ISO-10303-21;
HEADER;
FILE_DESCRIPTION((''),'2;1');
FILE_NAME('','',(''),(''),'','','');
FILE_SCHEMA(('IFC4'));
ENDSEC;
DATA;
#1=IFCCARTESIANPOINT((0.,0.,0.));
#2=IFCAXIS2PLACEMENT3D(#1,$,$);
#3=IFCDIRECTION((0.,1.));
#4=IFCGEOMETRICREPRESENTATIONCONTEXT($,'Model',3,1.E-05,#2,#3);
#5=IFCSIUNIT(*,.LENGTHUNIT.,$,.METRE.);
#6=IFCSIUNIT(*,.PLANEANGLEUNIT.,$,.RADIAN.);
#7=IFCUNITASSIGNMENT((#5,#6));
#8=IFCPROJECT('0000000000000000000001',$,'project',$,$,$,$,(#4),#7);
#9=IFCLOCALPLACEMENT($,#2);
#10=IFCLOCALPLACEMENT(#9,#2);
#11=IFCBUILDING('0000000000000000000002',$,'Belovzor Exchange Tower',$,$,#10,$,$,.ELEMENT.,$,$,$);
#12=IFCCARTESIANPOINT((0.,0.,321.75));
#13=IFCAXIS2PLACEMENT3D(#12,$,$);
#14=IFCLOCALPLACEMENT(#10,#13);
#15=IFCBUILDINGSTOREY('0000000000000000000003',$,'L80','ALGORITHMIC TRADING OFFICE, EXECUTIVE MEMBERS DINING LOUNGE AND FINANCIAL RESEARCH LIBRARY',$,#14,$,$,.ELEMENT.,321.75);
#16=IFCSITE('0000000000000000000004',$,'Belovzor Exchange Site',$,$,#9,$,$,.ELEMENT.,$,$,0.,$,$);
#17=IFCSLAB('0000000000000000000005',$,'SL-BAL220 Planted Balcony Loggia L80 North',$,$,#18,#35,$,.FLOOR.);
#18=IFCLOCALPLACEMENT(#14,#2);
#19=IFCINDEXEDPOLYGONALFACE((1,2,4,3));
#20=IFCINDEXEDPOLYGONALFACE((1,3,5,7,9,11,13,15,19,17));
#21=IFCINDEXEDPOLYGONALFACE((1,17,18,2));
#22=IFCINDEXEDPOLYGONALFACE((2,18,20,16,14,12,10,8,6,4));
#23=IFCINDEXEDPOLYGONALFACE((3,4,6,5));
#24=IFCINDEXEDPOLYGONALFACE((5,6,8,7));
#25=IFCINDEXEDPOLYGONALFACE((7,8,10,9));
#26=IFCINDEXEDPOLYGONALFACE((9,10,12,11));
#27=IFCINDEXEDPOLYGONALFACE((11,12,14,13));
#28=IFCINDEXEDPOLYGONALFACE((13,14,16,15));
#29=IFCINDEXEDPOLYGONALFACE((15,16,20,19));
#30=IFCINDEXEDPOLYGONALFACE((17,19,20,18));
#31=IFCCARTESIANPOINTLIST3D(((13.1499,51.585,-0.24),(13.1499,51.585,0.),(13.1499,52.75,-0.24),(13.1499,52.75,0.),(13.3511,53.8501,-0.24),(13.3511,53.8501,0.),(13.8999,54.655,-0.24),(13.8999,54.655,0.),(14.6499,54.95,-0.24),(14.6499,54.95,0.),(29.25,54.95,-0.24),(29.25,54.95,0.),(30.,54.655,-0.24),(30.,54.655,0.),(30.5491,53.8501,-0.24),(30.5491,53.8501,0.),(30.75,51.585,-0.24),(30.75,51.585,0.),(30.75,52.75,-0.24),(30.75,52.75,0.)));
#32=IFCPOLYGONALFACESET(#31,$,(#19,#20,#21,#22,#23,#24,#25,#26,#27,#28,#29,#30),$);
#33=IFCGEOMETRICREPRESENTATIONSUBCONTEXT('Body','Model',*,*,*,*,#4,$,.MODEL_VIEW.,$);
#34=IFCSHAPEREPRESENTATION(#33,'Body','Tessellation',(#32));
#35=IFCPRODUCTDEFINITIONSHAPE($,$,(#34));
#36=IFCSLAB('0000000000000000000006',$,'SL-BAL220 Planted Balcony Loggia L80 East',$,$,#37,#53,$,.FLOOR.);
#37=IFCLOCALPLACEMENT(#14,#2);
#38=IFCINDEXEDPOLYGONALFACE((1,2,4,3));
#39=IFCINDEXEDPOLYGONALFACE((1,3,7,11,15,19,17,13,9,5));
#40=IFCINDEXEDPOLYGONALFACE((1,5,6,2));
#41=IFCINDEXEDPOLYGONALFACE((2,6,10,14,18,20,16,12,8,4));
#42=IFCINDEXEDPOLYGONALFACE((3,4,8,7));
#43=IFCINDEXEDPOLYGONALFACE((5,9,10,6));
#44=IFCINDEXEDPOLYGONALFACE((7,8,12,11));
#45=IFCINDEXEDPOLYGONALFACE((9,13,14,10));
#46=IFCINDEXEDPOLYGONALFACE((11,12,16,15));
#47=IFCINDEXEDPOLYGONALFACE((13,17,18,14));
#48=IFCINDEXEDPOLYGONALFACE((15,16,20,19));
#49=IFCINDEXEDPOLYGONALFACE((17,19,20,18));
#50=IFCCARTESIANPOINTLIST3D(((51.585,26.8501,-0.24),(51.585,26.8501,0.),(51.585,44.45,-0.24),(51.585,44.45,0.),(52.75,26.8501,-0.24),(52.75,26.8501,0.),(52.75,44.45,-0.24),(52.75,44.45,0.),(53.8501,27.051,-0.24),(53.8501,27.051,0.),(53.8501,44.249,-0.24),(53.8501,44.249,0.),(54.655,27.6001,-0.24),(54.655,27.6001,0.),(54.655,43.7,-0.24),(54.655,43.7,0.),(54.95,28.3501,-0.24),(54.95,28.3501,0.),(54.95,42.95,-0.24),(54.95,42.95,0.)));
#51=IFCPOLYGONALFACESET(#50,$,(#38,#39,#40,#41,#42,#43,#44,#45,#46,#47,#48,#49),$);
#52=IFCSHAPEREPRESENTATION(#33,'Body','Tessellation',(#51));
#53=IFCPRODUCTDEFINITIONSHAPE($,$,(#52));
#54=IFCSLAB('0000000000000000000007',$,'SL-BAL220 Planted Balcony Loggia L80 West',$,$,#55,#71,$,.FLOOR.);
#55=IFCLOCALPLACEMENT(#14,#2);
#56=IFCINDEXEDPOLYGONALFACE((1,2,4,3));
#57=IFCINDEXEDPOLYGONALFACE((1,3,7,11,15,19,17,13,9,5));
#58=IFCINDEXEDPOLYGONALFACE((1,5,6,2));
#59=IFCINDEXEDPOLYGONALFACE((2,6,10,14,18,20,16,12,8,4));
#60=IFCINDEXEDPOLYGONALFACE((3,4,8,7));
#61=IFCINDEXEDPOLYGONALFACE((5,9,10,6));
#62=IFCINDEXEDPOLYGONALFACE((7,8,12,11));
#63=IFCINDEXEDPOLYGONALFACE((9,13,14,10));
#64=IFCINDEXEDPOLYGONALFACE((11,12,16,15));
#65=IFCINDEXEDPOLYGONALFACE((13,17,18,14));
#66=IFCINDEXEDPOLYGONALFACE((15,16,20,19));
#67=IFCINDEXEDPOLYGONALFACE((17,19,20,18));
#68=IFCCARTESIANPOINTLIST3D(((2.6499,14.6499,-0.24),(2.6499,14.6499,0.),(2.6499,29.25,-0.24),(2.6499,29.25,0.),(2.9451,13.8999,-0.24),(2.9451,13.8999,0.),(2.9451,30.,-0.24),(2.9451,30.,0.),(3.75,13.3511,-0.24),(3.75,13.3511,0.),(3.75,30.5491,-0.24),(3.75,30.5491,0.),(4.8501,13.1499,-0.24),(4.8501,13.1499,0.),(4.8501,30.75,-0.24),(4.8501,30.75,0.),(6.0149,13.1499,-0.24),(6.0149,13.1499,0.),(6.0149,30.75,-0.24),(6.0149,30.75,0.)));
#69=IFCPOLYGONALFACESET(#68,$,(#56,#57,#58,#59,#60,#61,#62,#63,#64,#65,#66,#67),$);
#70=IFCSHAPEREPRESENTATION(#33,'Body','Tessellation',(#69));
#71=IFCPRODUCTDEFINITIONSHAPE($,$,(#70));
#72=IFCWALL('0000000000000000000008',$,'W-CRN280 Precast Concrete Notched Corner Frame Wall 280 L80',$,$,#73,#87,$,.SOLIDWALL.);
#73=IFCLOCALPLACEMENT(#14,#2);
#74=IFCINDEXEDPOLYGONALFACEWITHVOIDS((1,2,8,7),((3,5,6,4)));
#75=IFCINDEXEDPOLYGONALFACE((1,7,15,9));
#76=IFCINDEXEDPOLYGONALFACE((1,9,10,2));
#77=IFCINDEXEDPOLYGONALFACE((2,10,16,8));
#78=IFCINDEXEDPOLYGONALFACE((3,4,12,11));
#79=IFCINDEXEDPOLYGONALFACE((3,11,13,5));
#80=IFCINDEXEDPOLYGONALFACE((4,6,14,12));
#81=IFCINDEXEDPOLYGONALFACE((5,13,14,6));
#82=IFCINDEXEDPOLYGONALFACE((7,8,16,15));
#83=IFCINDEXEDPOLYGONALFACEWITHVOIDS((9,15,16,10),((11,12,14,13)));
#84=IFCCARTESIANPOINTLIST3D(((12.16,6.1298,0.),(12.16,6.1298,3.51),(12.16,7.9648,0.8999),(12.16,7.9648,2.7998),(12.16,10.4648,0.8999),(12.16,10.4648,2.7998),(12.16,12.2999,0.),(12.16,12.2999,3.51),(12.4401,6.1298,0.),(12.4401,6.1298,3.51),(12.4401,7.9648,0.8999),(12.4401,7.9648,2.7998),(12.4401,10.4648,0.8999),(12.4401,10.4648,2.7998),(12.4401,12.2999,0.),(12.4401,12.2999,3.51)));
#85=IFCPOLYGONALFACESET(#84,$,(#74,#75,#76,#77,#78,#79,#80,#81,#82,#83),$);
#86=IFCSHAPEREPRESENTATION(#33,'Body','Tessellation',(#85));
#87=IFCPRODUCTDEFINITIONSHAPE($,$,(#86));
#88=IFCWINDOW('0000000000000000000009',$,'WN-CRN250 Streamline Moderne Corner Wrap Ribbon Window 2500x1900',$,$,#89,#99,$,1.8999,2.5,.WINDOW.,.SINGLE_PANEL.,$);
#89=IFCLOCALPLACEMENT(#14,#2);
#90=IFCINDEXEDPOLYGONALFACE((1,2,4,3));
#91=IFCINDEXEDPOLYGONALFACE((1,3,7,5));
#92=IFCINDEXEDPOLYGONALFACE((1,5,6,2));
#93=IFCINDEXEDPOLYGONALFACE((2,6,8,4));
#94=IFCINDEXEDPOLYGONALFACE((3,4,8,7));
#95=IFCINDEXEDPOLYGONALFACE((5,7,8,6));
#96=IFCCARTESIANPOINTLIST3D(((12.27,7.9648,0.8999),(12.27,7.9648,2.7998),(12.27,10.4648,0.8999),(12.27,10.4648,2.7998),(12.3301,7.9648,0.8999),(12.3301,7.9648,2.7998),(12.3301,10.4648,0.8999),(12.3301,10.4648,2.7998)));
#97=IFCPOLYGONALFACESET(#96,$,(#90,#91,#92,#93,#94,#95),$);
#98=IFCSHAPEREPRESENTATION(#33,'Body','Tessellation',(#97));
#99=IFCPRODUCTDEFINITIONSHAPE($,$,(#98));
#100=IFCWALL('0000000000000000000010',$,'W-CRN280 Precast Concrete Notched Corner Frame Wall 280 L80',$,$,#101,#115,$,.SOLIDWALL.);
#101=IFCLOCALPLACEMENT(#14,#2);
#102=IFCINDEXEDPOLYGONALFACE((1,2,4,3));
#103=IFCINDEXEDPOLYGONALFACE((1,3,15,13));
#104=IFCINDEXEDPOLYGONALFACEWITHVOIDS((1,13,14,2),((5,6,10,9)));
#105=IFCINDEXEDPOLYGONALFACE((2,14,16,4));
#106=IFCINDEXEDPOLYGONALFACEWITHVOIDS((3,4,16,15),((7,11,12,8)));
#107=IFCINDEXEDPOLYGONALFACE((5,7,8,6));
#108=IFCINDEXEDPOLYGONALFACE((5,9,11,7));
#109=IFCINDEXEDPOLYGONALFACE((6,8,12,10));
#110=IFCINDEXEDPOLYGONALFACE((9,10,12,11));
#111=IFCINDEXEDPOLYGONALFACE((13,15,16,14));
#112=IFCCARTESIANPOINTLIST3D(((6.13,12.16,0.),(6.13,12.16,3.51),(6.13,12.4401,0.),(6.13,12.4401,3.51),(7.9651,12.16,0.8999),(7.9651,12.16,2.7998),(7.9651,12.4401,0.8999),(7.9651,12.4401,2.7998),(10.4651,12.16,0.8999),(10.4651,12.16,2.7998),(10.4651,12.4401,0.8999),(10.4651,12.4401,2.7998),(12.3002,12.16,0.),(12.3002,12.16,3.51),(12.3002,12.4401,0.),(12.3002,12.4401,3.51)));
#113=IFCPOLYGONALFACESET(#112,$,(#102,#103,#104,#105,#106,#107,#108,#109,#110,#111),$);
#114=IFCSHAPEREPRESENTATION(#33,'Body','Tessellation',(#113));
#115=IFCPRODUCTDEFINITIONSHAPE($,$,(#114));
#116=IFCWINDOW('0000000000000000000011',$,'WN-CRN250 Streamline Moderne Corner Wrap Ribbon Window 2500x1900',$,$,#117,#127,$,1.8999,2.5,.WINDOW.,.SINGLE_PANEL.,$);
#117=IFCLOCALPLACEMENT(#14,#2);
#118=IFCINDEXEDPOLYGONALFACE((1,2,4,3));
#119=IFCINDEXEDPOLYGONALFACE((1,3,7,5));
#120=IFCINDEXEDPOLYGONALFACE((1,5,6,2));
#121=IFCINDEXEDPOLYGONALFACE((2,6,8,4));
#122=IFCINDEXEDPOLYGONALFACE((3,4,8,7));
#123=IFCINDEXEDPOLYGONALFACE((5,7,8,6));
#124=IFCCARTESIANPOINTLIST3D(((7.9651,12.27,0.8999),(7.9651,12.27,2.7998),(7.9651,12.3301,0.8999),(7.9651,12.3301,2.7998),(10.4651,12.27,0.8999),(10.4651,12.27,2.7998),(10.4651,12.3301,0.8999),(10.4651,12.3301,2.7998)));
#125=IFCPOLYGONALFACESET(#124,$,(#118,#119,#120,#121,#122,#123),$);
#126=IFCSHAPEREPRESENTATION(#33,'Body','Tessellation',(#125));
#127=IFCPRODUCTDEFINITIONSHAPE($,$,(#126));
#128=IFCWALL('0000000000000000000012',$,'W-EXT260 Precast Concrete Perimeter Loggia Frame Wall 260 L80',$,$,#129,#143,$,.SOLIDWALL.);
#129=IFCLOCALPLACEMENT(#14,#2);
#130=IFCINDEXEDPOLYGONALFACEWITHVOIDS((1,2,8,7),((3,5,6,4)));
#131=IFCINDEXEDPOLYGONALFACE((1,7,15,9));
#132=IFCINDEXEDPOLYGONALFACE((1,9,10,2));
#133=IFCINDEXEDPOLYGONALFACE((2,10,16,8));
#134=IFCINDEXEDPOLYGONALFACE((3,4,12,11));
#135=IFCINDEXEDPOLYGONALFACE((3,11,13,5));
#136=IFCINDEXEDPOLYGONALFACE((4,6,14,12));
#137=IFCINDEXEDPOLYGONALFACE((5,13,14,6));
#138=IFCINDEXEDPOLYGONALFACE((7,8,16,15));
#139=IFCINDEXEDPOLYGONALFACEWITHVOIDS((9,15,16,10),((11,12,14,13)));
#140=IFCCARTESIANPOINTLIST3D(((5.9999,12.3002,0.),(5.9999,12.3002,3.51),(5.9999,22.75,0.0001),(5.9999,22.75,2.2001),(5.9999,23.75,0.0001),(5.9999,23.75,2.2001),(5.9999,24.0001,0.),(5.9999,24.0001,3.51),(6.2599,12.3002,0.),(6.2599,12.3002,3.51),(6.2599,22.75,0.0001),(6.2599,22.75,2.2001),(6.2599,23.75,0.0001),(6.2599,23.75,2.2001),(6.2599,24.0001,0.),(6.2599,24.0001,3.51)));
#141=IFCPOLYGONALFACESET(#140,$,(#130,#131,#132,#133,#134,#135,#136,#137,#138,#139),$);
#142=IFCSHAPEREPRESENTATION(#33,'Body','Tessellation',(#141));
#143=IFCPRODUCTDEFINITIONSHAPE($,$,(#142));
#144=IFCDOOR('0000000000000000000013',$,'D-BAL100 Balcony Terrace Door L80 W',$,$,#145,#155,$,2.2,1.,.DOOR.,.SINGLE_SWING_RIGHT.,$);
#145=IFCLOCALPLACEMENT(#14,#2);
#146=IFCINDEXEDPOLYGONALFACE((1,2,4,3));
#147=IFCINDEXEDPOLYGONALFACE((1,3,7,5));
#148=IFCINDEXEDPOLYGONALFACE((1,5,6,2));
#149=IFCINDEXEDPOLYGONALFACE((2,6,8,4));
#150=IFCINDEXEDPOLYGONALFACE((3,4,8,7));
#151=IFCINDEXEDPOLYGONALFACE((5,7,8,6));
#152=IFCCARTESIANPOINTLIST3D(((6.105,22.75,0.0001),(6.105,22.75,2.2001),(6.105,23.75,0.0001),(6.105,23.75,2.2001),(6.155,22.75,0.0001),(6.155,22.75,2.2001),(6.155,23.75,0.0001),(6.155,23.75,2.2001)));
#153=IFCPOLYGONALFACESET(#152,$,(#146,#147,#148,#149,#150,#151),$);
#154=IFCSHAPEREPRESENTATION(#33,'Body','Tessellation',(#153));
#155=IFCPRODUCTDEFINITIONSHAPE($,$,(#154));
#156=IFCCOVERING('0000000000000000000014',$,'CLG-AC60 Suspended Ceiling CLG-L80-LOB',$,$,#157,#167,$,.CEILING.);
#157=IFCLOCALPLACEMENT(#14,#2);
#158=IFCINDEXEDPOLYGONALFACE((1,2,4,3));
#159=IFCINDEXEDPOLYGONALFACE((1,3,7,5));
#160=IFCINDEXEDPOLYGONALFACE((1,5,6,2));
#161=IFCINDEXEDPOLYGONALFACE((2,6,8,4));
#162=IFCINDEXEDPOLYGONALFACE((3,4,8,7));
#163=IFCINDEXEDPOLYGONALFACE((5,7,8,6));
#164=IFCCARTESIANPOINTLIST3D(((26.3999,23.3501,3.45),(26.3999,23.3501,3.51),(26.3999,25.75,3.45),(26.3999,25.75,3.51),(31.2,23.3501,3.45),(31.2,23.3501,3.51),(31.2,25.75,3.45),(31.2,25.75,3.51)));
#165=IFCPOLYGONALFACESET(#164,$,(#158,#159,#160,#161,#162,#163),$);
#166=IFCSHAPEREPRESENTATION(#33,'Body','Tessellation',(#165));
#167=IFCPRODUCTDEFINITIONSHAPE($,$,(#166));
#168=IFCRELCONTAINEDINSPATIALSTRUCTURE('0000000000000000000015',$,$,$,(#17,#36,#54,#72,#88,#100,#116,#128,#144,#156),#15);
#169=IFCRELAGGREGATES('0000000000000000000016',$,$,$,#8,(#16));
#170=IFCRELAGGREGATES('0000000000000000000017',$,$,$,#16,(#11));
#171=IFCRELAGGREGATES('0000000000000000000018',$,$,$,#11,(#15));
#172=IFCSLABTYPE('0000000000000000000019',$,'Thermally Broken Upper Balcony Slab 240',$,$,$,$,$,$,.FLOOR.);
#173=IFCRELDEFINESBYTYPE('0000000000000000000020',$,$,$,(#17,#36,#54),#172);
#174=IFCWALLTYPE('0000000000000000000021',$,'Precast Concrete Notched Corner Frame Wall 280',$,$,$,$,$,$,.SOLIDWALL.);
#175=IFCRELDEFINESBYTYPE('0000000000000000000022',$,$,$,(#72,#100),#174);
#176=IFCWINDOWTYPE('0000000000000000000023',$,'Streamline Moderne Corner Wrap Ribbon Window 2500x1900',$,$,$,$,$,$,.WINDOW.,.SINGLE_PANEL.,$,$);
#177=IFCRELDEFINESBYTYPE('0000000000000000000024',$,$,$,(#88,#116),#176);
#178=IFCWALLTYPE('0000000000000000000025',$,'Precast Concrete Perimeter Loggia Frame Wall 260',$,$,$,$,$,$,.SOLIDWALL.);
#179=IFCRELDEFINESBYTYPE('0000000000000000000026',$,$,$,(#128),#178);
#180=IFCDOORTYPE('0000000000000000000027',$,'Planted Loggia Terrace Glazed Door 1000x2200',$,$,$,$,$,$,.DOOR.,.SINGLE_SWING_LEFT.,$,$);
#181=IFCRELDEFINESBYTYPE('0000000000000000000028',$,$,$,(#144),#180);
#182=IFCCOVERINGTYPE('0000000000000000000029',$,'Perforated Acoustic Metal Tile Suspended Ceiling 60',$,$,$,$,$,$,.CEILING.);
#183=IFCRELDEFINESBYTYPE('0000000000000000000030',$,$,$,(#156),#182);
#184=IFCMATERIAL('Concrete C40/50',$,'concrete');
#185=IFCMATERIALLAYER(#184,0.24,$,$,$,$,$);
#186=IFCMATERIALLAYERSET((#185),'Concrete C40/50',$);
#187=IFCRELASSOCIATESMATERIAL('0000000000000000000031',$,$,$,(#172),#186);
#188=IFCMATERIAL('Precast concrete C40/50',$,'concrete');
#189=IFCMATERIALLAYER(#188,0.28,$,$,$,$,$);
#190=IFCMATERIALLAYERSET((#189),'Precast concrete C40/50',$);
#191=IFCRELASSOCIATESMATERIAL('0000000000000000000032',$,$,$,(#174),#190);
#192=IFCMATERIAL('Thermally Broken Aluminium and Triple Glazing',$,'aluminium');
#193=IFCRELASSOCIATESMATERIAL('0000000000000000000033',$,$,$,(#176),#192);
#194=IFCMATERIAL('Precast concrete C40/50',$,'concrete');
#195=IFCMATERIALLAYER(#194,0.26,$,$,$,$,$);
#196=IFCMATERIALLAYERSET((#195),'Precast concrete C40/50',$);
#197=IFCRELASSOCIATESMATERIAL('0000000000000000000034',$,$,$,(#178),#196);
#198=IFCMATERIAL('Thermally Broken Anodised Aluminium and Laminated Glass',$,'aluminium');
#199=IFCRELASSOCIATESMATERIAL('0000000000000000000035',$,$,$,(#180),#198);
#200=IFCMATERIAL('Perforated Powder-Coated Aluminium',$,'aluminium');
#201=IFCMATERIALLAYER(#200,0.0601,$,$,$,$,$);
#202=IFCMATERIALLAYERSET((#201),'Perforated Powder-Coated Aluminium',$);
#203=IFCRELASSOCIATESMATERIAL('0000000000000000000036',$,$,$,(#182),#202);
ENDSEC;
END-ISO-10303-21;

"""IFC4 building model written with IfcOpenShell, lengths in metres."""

from ifc_helpers import new_model, si_unit, direction, frame, frame_2d, origin, place, context, subcontext, project, spatial, polyline, rectangle, outline, extrude, material, layer, layer_set, type_object, element, fill, save


model = new_model("IFC4")

# Units and contexts
model_context = context("Model", 3, precision=1e-05, world=origin(), true_north=direction((0.0, 1.0)))
body_context = subcontext(model_context, "Body", "Model", "MODEL_VIEW")
ifc_project = project(units=[si_unit("LENGTHUNIT", "METRE"), si_unit("PLANEANGLEUNIT", "RADIAN")], contexts=[model_context])

# Site, building, storey
site_placement = place(None, origin())
site = spatial("IfcSite", under=ifc_project, at=site_placement, Name="Belovzor Exchange Site", CompositionType="ELEMENT", RefElevation=0.0)
building_placement = place(site_placement, origin())
building = spatial("IfcBuilding", under=site, at=building_placement, Name="Belovzor Exchange Tower", CompositionType="ELEMENT")
storey_placement = place(building_placement, frame((0.0, 0.0, 321.75)))
storey = spatial("IfcBuildingStorey", under=building, at=storey_placement, Name="L80", Description="ALGORITHMIC TRADING OFFICE, EXECUTIVE MEMBERS DINING LOUNGE AND FINANCIAL RESEARCH LIBRARY", CompositionType="ELEMENT", Elevation=321.75)

# Slabs
ifc_material_1 = material(Name="Concrete C40/50", Category="concrete")
ifc_layer_1 = layer(ifc_material_1, 0.24)
ifc_layer_set_1 = layer_set([ifc_layer_1], Name="Concrete C40/50")
slab_type_1 = type_object("IfcSlabType", Name="Thermally Broken Upper Balcony Slab 240", PredefinedType="FLOOR", material=ifc_layer_set_1)
slab_1_placement = place(storey_placement, frame((0.0, 0.0, -0.24)))
element("IfcSlab", 1, at=slab_1_placement, inside=storey, type_object=slab_type_1, Name="SL-BAL220 Planted Balcony Loggia L80 North", PredefinedType="FLOOR", context=body_context, shape_type="SweptSolid", body=[
    extrude(outline(polyline([(30.75, 51.585), (30.75, 52.75), (30.5491, 53.8501), (30.0, 54.655), (29.25, 54.95), (14.6499, 54.95), (13.8999, 54.655), (13.3511, 53.8501), (13.1499, 52.75), (13.1499, 51.585), (30.75, 51.585)])), origin(), (0.0, 0.0, 1.0), 0.24),
])
slab_2_placement = place(storey_placement, frame((0.0, 0.0, -0.24)))
element("IfcSlab", 2, at=slab_2_placement, inside=storey, type_object=slab_type_1, Name="SL-BAL220 Planted Balcony Loggia L80 East", PredefinedType="FLOOR", context=body_context, shape_type="SweptSolid", body=[
    extrude(outline(polyline([(51.585, 26.8501), (52.75, 26.8501), (53.8501, 27.051), (54.655, 27.6001), (54.95, 28.3501), (54.95, 42.95), (54.655, 43.7), (53.8501, 44.249), (52.75, 44.45), (51.585, 44.45), (51.585, 26.8501)])), origin(), (0.0, 0.0, 1.0), 0.24),
])
slab_3_placement = place(storey_placement, frame((0.0, 0.0, -0.24)))
element("IfcSlab", 3, at=slab_3_placement, inside=storey, type_object=slab_type_1, Name="SL-BAL220 Planted Balcony Loggia L80 West", PredefinedType="FLOOR", context=body_context, shape_type="SweptSolid", body=[
    extrude(outline(polyline([(6.0149, 30.75), (4.8501, 30.75), (3.75, 30.5491), (2.9451, 30.0), (2.6499, 29.25), (2.6499, 14.6499), (2.9451, 13.8999), (3.75, 13.3511), (4.8501, 13.1499), (6.0149, 13.1499), (6.0149, 30.75)])), origin(), (0.0, 0.0, 1.0), 0.24),
])

# Walls, openings, windows
ifc_material_2 = material(Name="Precast concrete C40/50", Category="concrete")
ifc_layer_2 = layer(ifc_material_2, 0.28)
ifc_layer_set_2 = layer_set([ifc_layer_2], Name="Precast concrete C40/50")
wall_type_1 = type_object("IfcWallType", Name="Precast Concrete Notched Corner Frame Wall 280", PredefinedType="SOLIDWALL", material=ifc_layer_set_2)
wall_1_placement = place(storey_placement, frame((12.3, 6.1299, 0.0), z_axis=(0.0, 0.0, 1.0), x_axis=(0.0, 1.0, 0.0)))
wall_1 = element("IfcWall", 4, at=wall_1_placement, inside=storey, type_object=wall_type_1, Name="W-CRN280 Precast Concrete Notched Corner Frame Wall 280 L80", PredefinedType="SOLIDWALL", context=body_context, shape_type="SweptSolid", body=[
    extrude(rectangle(XDim=6.1702, YDim=0.28, at=frame_2d((3.085, 0.0))), origin(), (0.0, 0.0, 1.0), 3.51),
])
opening_1_placement = place(wall_1_placement, frame((1.835, 0.0, 0.8999)))
opening_1 = element("IfcOpeningElement", 5, at=opening_1_placement, cuts=wall_1, PredefinedType="OPENING", context=body_context, shape_type="SweptSolid", body=[
    extrude(rectangle(XDim=2.5, YDim=1.8999, at=frame_2d((1.25, 0.95))), frame((0.0, 0.1499, 0.0), z_axis=(0.0, -1.0, 0.0), x_axis=(1.0, 0.0, 0.0)), (0.0, 0.0, 1.0), 0.3),
])
ifc_material_3 = material(Name="Thermally Broken Aluminium and Triple Glazing", Category="aluminium")
window_type = type_object("IfcWindowType", Name="Streamline Moderne Corner Wrap Ribbon Window 2500x1900", PartitioningType="SINGLE_PANEL", PredefinedType="WINDOW", material=ifc_material_3)
window_1_placement = place(opening_1_placement, origin())
window_1 = element("IfcWindow", 6, at=window_1_placement, inside=storey, type_object=window_type, Name="WN-CRN250 Streamline Moderne Corner Wrap Ribbon Window 2500x1900", OverallHeight=1.8999, OverallWidth=2.5, PartitioningType="SINGLE_PANEL", PredefinedType="WINDOW", context=body_context, shape_type="SweptSolid", body=[
    extrude(rectangle(XDim=2.5, YDim=1.8999, at=frame_2d((1.25, 0.95))), frame((0.0, 0.03, 0.0), z_axis=(0.0, -1.0, 0.0), x_axis=(1.0, 0.0, 0.0)), (0.0, 0.0, 1.0), 0.0601),
])
fill(opening_1, window_1)
wall_2_placement = place(storey_placement, frame((12.3, 12.3, 0.0), z_axis=(0.0, 0.0, 1.0), x_axis=(-1.0, 0.0, 0.0)))
wall_2 = element("IfcWall", 7, at=wall_2_placement, inside=storey, type_object=wall_type_1, Name="W-CRN280 Precast Concrete Notched Corner Frame Wall 280 L80", PredefinedType="SOLIDWALL", context=body_context, shape_type="SweptSolid", body=[
    extrude(rectangle(XDim=6.1702, YDim=0.28, at=frame_2d((3.085, 0.0))), origin(), (0.0, 0.0, 1.0), 3.51),
])
opening_2_placement = place(wall_2_placement, frame((1.835, 0.0, 0.8999)))
opening_2 = element("IfcOpeningElement", 8, at=opening_2_placement, cuts=wall_2, PredefinedType="OPENING", context=body_context, shape_type="SweptSolid", body=[
    extrude(rectangle(XDim=2.5, YDim=1.8999, at=frame_2d((1.25, 0.95))), frame((0.0, 0.1499, 0.0), z_axis=(0.0, -1.0, 0.0), x_axis=(1.0, 0.0, 0.0)), (0.0, 0.0, 1.0), 0.3),
])
window_2_placement = place(opening_2_placement, origin())
window_2 = element("IfcWindow", 9, at=window_2_placement, inside=storey, type_object=window_type, Name="WN-CRN250 Streamline Moderne Corner Wrap Ribbon Window 2500x1900", OverallHeight=1.8999, OverallWidth=2.5, PartitioningType="SINGLE_PANEL", PredefinedType="WINDOW", context=body_context, shape_type="SweptSolid", body=[
    extrude(rectangle(XDim=2.5, YDim=1.8999, at=frame_2d((1.25, 0.95))), frame((0.0, 0.03, 0.0), z_axis=(0.0, -1.0, 0.0), x_axis=(1.0, 0.0, 0.0)), (0.0, 0.0, 1.0), 0.0601),
])
fill(opening_2, window_2)

# Wall, opening, door
ifc_material_4 = material(Name="Precast concrete C40/50", Category="concrete")
ifc_layer_3 = layer(ifc_material_4, 0.26)
ifc_layer_set_3 = layer_set([ifc_layer_3], Name="Precast concrete C40/50")
wall_type_2 = type_object("IfcWallType", Name="Precast Concrete Perimeter Loggia Frame Wall 260", PredefinedType="SOLIDWALL", material=ifc_layer_set_3)
wall_3_placement = place(storey_placement, frame((6.1299, 12.3, 0.0), z_axis=(0.0, 0.0, 1.0), x_axis=(0.0, 1.0, 0.0)))
wall_3 = element("IfcWall", 10, at=wall_3_placement, inside=storey, type_object=wall_type_2, Name="W-EXT260 Precast Concrete Perimeter Loggia Frame Wall 260 L80", PredefinedType="SOLIDWALL", context=body_context, shape_type="SweptSolid", body=[
    extrude(rectangle(XDim=11.7, YDim=0.26, at=frame_2d((5.8501, 0.0))), origin(), (0.0, 0.0, 1.0), 3.51),
])
opening_3_placement = place(wall_3_placement, frame((10.45, 0.0, 0.0)))
opening_3 = element("IfcOpeningElement", 11, at=opening_3_placement, cuts=wall_3, PredefinedType="OPENING", context=body_context, shape_type="SweptSolid", body=[
    extrude(rectangle(XDim=1.0, YDim=2.2, at=frame_2d((0.5, 1.1001))), frame((0.0, 0.1399, 0.0), z_axis=(0.0, -1.0, 0.0), x_axis=(1.0, 0.0, 0.0)), (0.0, 0.0, 1.0), 0.28),
])
ifc_material_5 = material(Name="Thermally Broken Anodised Aluminium and Laminated Glass", Category="aluminium")
door_type = type_object("IfcDoorType", Name="Planted Loggia Terrace Glazed Door 1000x2200", OperationType="SINGLE_SWING_LEFT", PredefinedType="DOOR", material=ifc_material_5)
door_placement = place(opening_3_placement, origin())
door = element("IfcDoor", 12, at=door_placement, inside=storey, type_object=door_type, Name="D-BAL100 Balcony Terrace Door L80 W", OperationType="SINGLE_SWING_RIGHT", OverallHeight=2.2, OverallWidth=1.0, PredefinedType="DOOR", context=body_context, shape_type="SweptSolid", body=[
    extrude(rectangle(XDim=1.0, YDim=2.2, at=frame_2d((0.5, 1.1001))), frame((0.0, 0.0249, 0.0), z_axis=(0.0, -1.0, 0.0), x_axis=(1.0, 0.0, 0.0)), (0.0, 0.0, 1.0), 0.05),
])
fill(opening_3, door)

# Covering
ifc_material_6 = material(Name="Perforated Powder-Coated Aluminium", Category="aluminium")
ifc_layer_4 = layer(ifc_material_6, 0.0601)
ifc_layer_set_4 = layer_set([ifc_layer_4], Name="Perforated Powder-Coated Aluminium")
covering_type_1 = type_object("IfcCoveringType", Name="Perforated Acoustic Metal Tile Suspended Ceiling 60", PredefinedType="CEILING", material=ifc_layer_set_4)
covering_1_placement = place(storey_placement, frame((0.0, 0.0, 3.45)))
element("IfcCovering", 13, at=covering_1_placement, inside=storey, type_object=covering_type_1, Name="CLG-AC60 Suspended Ceiling CLG-L80-LOB", PredefinedType="CEILING", context=body_context, shape_type="SweptSolid", body=[
    extrude(outline(polyline([(26.3999, 23.3501), (31.2, 23.3501), (31.2, 25.75), (26.3999, 25.75), (26.3999, 23.3501)])), origin(), (0.0, 0.0, 1.0), 0.0601),
])

save(model, "model.ifc")
